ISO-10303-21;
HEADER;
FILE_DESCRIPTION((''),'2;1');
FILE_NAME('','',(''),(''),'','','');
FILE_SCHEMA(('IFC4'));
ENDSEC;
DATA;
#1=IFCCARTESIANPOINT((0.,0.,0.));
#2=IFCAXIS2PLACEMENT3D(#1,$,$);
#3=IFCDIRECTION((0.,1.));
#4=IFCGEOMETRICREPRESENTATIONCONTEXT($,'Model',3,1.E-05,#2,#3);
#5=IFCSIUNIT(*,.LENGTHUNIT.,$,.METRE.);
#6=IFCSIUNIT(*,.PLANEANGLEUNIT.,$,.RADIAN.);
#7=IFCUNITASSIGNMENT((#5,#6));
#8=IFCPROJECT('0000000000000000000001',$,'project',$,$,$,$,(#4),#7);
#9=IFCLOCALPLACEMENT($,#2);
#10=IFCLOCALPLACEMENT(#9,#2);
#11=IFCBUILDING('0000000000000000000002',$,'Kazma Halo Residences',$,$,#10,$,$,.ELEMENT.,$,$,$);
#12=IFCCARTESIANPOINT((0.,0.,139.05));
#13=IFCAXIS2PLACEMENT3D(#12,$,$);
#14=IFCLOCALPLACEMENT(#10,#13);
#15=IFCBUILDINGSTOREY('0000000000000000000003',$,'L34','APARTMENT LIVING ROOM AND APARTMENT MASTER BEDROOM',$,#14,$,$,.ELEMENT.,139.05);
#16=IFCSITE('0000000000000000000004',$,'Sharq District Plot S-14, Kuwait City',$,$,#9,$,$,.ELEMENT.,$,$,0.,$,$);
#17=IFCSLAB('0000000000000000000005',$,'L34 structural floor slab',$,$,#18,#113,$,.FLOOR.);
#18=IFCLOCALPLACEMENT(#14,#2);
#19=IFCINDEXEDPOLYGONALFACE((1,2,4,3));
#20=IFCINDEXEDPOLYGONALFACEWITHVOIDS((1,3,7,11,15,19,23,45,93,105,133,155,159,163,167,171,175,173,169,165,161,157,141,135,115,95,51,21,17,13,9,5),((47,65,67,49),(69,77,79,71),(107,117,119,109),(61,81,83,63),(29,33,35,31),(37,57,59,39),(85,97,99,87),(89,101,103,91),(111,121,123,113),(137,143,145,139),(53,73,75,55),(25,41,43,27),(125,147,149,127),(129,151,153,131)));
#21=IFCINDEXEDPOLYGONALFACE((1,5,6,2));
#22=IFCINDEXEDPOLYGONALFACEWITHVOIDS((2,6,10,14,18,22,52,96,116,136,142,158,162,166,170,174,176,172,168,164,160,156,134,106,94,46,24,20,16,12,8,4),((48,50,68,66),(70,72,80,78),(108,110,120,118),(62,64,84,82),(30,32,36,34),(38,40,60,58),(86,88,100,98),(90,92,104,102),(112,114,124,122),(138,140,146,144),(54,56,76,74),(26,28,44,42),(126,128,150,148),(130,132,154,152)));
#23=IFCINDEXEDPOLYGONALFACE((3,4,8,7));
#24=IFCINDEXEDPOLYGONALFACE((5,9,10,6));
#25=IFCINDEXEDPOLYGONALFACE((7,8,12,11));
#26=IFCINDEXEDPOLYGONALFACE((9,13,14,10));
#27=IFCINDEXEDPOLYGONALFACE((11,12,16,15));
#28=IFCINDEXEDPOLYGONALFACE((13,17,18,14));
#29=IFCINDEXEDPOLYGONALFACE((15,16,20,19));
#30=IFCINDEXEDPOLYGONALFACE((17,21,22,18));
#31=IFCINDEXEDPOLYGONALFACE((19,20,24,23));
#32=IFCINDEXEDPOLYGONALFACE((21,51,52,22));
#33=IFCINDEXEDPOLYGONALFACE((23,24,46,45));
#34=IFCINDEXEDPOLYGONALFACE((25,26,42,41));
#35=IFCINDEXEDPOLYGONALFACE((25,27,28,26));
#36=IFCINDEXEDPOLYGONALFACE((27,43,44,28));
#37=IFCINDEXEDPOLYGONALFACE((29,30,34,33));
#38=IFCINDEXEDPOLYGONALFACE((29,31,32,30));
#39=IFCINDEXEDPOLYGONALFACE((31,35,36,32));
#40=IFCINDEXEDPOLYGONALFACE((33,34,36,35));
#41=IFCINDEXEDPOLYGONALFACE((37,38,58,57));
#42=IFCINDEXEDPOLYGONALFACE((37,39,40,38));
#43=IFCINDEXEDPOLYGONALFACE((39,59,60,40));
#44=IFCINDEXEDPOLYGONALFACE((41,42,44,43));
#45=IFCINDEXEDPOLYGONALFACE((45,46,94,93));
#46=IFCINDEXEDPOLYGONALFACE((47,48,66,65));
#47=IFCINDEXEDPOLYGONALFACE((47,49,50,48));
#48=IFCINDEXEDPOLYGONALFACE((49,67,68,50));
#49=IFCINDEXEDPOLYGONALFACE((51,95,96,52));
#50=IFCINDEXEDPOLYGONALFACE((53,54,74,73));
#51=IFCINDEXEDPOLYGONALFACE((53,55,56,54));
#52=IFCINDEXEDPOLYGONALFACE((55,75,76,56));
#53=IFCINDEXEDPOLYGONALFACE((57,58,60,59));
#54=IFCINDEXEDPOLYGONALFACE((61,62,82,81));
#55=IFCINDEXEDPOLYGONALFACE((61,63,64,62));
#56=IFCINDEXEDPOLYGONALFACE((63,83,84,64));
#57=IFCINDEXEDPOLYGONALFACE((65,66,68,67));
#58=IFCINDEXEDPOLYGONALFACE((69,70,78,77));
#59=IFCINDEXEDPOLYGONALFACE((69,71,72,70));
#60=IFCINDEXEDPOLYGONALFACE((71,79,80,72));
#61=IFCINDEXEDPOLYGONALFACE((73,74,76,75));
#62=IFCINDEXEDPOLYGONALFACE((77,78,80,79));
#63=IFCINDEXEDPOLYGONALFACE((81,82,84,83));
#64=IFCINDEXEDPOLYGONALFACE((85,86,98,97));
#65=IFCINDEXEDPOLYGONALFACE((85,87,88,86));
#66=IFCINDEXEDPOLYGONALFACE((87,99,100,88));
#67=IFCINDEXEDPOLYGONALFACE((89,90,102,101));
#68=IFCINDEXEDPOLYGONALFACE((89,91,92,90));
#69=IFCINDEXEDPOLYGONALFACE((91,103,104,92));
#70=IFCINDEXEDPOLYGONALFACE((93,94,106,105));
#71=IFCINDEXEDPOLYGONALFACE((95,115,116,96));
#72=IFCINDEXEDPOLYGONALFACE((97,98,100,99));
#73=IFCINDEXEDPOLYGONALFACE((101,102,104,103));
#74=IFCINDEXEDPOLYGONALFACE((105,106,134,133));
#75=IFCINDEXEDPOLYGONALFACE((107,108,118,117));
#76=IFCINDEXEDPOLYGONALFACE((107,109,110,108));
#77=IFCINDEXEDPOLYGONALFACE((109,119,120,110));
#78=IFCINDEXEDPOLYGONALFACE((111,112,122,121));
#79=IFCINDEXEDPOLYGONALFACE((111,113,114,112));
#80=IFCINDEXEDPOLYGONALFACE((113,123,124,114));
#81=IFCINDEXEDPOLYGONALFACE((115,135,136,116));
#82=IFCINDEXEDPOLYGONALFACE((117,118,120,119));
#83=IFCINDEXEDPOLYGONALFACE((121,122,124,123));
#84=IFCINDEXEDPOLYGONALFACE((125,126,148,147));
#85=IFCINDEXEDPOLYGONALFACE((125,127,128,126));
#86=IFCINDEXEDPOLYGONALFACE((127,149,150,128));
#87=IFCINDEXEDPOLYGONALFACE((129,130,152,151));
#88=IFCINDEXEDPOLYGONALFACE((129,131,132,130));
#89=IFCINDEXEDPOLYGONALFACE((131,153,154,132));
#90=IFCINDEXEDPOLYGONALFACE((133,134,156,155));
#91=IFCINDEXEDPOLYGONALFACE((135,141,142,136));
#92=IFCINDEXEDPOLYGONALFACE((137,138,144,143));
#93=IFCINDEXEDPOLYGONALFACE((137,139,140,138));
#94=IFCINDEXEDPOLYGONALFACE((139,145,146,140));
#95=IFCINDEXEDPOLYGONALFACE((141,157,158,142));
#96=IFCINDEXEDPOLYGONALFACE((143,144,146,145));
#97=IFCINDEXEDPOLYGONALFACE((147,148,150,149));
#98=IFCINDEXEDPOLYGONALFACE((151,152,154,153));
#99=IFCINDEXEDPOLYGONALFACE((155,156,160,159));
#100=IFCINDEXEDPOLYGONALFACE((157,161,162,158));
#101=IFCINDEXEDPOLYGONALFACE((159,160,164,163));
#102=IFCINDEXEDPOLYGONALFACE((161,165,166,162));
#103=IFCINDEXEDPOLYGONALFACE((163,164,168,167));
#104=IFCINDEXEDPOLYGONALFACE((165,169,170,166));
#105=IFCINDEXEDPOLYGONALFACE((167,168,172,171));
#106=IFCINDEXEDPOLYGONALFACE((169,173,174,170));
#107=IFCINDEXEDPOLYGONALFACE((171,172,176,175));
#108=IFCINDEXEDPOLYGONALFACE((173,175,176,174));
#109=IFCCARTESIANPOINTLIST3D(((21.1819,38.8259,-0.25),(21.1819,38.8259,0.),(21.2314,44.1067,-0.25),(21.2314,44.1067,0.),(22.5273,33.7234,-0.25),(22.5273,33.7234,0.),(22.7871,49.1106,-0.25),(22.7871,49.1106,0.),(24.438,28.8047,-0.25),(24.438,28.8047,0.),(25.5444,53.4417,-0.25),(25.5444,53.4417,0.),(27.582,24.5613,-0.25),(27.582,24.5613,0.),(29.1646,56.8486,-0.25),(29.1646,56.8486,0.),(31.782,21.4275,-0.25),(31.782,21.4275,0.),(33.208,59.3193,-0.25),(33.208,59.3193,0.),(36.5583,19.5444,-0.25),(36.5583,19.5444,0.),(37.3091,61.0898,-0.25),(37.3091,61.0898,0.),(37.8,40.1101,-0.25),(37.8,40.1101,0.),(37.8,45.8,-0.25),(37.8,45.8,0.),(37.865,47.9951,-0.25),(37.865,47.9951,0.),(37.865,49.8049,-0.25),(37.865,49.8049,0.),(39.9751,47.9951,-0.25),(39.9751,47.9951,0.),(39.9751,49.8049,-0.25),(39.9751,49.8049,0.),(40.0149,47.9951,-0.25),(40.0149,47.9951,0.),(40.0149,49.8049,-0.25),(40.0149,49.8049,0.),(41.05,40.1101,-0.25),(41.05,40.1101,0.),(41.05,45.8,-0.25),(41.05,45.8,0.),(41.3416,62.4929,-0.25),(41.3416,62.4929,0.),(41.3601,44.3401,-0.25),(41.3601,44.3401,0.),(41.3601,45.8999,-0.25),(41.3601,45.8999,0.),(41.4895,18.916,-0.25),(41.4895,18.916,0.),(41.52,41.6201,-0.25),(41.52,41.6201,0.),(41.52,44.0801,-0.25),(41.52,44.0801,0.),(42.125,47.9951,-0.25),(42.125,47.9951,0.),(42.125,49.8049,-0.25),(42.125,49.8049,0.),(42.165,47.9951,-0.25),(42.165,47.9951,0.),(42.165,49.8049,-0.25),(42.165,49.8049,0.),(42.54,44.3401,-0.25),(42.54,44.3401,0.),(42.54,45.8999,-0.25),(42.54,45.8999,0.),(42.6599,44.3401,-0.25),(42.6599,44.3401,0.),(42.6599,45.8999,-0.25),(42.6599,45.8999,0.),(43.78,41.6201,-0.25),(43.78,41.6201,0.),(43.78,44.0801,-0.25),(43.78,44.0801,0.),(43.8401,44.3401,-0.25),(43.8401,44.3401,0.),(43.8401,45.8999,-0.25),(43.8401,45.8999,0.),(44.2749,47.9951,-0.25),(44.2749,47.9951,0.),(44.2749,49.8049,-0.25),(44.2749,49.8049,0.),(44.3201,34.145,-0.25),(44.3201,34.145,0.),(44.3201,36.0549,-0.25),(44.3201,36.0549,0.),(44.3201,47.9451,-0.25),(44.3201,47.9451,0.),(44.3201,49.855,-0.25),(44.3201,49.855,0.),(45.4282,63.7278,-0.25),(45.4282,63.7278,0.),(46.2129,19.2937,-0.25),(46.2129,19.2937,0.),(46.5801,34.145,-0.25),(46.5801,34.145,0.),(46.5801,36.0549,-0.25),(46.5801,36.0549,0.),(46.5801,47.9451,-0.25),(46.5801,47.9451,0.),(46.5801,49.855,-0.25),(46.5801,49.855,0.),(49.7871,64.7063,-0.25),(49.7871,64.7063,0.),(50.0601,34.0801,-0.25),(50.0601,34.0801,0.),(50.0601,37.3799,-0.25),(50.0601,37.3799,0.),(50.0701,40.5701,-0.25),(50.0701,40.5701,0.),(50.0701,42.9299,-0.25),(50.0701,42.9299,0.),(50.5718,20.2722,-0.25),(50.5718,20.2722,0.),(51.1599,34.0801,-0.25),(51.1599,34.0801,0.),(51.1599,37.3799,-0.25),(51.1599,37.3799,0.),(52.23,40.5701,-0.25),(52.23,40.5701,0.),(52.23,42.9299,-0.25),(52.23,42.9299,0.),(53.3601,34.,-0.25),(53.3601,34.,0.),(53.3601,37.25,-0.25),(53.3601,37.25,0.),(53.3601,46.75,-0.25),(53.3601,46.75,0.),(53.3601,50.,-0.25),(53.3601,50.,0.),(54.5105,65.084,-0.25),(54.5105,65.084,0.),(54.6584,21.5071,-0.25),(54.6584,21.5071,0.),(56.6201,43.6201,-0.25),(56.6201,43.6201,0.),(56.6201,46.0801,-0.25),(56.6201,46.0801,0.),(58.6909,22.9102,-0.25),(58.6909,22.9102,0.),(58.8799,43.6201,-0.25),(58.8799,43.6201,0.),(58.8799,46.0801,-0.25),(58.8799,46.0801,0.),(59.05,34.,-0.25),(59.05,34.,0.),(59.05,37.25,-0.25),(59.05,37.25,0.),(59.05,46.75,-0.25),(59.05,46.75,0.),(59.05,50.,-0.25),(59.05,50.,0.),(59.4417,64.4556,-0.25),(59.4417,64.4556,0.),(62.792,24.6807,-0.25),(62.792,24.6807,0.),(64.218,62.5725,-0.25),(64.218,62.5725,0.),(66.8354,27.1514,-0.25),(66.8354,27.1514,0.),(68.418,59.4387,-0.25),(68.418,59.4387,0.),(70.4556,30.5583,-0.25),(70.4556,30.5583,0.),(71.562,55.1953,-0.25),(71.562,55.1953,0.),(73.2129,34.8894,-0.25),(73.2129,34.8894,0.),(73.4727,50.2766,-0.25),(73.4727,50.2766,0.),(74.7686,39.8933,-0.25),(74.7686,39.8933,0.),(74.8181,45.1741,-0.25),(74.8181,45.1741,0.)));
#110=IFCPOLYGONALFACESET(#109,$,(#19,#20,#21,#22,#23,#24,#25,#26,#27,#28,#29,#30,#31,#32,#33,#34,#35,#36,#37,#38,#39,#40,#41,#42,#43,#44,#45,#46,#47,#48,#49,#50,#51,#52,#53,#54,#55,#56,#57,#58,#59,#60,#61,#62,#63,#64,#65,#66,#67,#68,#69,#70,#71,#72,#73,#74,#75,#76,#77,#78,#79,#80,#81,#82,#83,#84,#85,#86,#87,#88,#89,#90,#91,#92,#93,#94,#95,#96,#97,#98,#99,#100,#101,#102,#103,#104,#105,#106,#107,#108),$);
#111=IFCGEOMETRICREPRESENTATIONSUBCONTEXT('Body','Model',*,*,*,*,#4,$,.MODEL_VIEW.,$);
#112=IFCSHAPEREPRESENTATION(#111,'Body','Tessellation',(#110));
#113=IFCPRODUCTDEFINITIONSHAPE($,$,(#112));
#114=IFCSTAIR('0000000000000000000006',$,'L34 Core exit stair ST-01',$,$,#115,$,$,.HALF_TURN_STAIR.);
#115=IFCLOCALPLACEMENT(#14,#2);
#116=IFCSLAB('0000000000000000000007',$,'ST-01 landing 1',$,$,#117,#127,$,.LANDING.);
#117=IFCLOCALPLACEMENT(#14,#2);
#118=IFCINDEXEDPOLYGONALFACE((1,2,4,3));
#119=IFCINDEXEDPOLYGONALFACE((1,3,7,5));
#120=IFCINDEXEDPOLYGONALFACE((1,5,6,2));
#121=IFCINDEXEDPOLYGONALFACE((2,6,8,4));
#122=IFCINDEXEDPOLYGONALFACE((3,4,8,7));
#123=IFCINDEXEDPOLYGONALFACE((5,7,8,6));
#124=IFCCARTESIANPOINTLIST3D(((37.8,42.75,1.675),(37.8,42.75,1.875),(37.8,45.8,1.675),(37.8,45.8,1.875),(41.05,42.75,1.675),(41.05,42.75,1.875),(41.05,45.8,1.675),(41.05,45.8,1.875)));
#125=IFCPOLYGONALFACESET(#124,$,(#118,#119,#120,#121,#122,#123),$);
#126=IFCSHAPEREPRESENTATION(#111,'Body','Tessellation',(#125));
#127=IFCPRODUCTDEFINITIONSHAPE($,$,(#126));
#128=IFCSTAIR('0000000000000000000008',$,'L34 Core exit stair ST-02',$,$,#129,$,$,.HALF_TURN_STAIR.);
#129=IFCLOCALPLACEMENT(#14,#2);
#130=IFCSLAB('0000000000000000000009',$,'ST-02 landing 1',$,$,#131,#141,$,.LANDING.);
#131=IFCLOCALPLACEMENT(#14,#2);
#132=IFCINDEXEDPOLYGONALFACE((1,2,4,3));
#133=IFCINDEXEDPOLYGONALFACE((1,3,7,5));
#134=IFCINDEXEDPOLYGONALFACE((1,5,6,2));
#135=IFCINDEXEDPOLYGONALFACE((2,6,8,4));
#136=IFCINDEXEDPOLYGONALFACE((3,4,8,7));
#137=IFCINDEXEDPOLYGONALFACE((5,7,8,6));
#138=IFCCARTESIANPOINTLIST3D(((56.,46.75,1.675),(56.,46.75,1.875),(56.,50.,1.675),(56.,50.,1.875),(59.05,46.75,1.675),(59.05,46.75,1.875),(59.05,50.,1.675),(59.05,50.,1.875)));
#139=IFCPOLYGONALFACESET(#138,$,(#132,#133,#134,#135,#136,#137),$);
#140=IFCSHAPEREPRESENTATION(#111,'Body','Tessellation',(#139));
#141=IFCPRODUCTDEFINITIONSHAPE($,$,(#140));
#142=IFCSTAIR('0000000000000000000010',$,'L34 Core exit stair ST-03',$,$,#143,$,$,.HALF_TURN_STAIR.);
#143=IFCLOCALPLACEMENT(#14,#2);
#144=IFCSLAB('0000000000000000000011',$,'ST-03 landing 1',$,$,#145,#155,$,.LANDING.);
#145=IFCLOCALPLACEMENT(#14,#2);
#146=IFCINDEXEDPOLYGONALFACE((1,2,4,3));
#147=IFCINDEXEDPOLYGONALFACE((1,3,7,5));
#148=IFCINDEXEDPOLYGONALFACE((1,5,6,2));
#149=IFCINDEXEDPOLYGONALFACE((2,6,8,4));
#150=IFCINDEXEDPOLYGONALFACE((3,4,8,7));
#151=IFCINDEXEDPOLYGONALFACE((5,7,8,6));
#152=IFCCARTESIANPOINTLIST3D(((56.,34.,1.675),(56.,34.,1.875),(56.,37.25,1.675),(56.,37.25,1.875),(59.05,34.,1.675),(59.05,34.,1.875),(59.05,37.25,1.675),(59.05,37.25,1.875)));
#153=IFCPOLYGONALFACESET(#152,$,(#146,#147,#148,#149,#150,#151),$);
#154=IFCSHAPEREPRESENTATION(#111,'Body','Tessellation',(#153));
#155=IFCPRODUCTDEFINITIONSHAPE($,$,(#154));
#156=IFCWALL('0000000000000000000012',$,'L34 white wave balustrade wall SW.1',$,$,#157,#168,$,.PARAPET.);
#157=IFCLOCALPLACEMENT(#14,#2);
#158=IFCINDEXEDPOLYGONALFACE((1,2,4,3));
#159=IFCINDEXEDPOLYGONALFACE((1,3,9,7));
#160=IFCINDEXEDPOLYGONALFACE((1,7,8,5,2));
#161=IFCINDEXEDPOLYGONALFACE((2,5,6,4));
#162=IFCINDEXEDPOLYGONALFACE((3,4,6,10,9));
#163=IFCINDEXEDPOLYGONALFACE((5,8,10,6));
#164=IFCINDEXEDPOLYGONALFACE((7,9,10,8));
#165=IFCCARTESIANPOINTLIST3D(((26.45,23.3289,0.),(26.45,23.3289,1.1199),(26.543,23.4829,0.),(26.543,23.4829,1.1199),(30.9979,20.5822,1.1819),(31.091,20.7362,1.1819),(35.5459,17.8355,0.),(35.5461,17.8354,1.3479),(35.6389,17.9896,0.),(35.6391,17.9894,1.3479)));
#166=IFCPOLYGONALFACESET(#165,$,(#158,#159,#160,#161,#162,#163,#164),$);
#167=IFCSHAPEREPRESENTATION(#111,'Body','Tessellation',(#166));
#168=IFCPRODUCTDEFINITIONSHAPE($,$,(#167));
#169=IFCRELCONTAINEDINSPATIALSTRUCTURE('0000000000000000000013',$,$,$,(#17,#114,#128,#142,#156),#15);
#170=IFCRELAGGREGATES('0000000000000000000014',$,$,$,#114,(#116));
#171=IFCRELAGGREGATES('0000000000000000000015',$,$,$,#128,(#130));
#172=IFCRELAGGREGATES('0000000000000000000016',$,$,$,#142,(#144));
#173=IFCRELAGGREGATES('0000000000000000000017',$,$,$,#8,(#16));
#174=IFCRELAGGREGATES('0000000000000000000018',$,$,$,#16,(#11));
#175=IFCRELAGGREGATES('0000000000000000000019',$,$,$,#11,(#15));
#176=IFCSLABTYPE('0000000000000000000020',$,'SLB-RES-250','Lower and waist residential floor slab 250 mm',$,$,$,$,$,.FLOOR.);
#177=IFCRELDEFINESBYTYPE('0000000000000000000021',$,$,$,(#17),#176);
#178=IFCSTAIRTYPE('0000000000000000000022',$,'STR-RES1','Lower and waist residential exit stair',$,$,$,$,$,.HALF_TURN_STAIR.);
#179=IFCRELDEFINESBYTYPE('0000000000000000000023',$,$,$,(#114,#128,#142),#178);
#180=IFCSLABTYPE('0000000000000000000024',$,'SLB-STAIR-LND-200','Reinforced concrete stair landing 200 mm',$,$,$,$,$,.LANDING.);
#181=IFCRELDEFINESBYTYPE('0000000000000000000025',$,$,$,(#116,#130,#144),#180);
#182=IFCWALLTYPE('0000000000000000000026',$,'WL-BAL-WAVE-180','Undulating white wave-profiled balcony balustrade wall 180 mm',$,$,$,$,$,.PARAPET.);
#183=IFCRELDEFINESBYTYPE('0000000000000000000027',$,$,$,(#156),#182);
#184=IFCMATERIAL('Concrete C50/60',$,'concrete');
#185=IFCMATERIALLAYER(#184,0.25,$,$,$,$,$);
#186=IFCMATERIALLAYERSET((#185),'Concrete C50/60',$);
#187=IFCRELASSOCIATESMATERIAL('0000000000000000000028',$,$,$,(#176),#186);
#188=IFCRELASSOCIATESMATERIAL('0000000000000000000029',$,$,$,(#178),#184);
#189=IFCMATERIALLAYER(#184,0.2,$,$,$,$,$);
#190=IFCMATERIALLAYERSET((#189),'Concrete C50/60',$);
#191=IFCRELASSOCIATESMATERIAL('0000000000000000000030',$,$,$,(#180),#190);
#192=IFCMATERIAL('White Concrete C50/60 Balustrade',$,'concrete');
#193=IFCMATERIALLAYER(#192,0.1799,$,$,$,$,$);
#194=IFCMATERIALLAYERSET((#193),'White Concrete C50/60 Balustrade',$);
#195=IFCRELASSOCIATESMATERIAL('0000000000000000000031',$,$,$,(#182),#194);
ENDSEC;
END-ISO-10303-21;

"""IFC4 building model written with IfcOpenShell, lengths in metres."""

from ifc_helpers import new_model, si_unit, direction, frame, origin, place, context, subcontext, project, spatial, polyline, outline, extrude, material, layer, layer_set, type_object, element, aggregate, save


model = new_model("IFC4")

# Units and contexts
model_context = context("Model", 3, precision=1e-05, world=origin(), true_north=direction((0.0, 1.0)))
body_context = subcontext(model_context, "Body", "Model", "MODEL_VIEW")
ifc_project = project(units=[si_unit("LENGTHUNIT", "METRE"), si_unit("PLANEANGLEUNIT", "RADIAN")], contexts=[model_context])

# Site, building, storey
site_placement = place(None, origin())
site = spatial("IfcSite", under=ifc_project, at=site_placement, Name="Sharq District Plot S-14, Kuwait City", CompositionType="ELEMENT", RefElevation=0.0)
building_placement = place(site_placement, origin())
building = spatial("IfcBuilding", under=site, at=building_placement, Name="Kazma Halo Residences", CompositionType="ELEMENT")
storey_placement = place(building_placement, frame((0.0, 0.0, 139.05)))
storey = spatial("IfcBuildingStorey", under=building, at=storey_placement, Name="L34", Description="APARTMENT LIVING ROOM AND APARTMENT MASTER BEDROOM", CompositionType="ELEMENT", Elevation=139.05)

# Slab
ifc_material_1 = material(Name="Concrete C50/60", Category="concrete")
ifc_layer_1 = layer(ifc_material_1, 0.25)
ifc_layer_set_1 = layer_set([ifc_layer_1], Name="Concrete C50/60")
slab_type_1 = type_object("IfcSlabType", Name="SLB-RES-250", Description="Lower and waist residential floor slab 250 mm", PredefinedType="FLOOR", material=ifc_layer_set_1)
slab_1_placement = place(storey_placement, frame((0.0, 0.0, -0.25)))
element("IfcSlab", 1, at=slab_1_placement, inside=storey, type_object=slab_type_1, Name="L34 structural floor slab", PredefinedType="FLOOR", context=body_context, shape_type="SweptSolid", body=[
    extrude(outline(polyline([(73.4727, 50.2766), (71.562, 55.1953), (68.418, 59.4387), (64.218, 62.5725), (59.4417, 64.4556), (54.5105, 65.084), (49.7871, 64.7063), (45.4282, 63.7278), (41.3416, 62.4929), (37.3091, 61.0898), (33.208, 59.3193), (29.1646, 56.8486), (25.5444, 53.4417), (22.7871, 49.1106), (21.2314, 44.1067), (21.1819, 38.8259), (22.5273, 33.7234), (24.438, 28.8047), (27.582, 24.5613), (31.782, 21.4275), (36.5583, 19.5444), (41.4895, 18.916), (46.2129, 19.2937), (50.5718, 20.2722), (54.6584, 21.5071), (58.6909, 22.9102), (62.792, 24.6807), (66.8354, 27.1514), (70.4556, 30.5583), (73.2129, 34.8894), (74.7686, 39.8933), (74.8181, 45.1741), (73.4727, 50.2766)]), holes=[polyline([(37.8, 40.1101), (41.05, 40.1101), (41.05, 45.8), (37.8, 45.8), (37.8, 40.1101)]), polyline([(53.3601, 46.75), (59.05, 46.75), (59.05, 50.0), (53.3601, 50.0), (53.3601, 46.75)]), polyline([(53.3601, 34.0), (59.05, 34.0), (59.05, 37.25), (53.3601, 37.25), (53.3601, 34.0)]), polyline([(41.52, 41.6201), (43.78, 41.6201), (43.78, 44.0801), (41.52, 44.0801), (41.52, 41.6201)]), polyline([(56.6201, 43.6201), (58.8799, 43.6201), (58.8799, 46.0801), (56.6201, 46.0801), (56.6201, 43.6201)]), polyline([(37.865, 47.9951), (39.9751, 47.9951), (39.9751, 49.8049), (37.865, 49.8049), (37.865, 47.9951)]), polyline([(40.0149, 47.9951), (42.125, 47.9951), (42.125, 49.8049), (40.0149, 49.8049), (40.0149, 47.9951)]), polyline([(42.165, 47.9951), (44.2749, 47.9951), (44.2749, 49.8049), (42.165, 49.8049), (42.165, 47.9951)]), polyline([(44.3201, 47.9451), (46.5801, 47.9451), (46.5801, 49.855), (44.3201, 49.855), (44.3201, 47.9451)]), polyline([(44.3201, 34.145), (46.5801, 34.145), (46.5801, 36.0549), (44.3201, 36.0549), (44.3201, 34.145)]), polyline([(50.0701, 40.5701), (52.23, 40.5701), (52.23, 42.9299), (50.0701, 42.9299), (50.0701, 40.5701)]), polyline([(41.3601, 44.3401), (42.54, 44.3401), (42.54, 45.8999), (41.3601, 45.8999), (41.3601, 44.3401)]), polyline([(42.6599, 44.3401), (43.8401, 44.3401), (43.8401, 45.8999), (42.6599, 45.8999), (42.6599, 44.3401)]), polyline([(50.0601, 34.0801), (51.1599, 34.0801), (51.1599, 37.3799), (50.0601, 37.3799), (50.0601, 34.0801)])]), origin(), (0.0, 0.0, 1.0), 0.25),
])

# Stairs, slabs
stair_type = type_object("IfcStairType", Name="STR-RES1", Description="Lower and waist residential exit stair", PredefinedType="HALF_TURN_STAIR", material=ifc_material_1)
stair_1_placement = place(storey_placement, origin())
stair_1 = element("IfcStair", 2, at=stair_1_placement, inside=storey, type_object=stair_type, Name="L34 Core exit stair ST-01", PredefinedType="HALF_TURN_STAIR")
ifc_layer_2 = layer(ifc_material_1, 0.2)
ifc_layer_set_2 = layer_set([ifc_layer_2], Name="Concrete C50/60")
slab_type_2 = type_object("IfcSlabType", Name="SLB-STAIR-LND-200", Description="Reinforced concrete stair landing 200 mm", PredefinedType="LANDING", material=ifc_layer_set_2)
slab_2_placement = place(storey_placement, frame((0.0, 0.0, 1.675)))
slab_2 = element("IfcSlab", 3, at=slab_2_placement, type_object=slab_type_2, Name="ST-01 landing 1", PredefinedType="LANDING", context=body_context, shape_type="SweptSolid", body=[
    extrude(outline(polyline([(41.05, 42.75), (41.05, 45.8), (37.8, 45.8), (37.8, 42.75), (41.05, 42.75)])), origin(), (0.0, 0.0, 1.0), 0.2),
])
aggregate(stair_1, [slab_2])
stair_2_placement = place(storey_placement, origin())
stair_2 = element("IfcStair", 4, at=stair_2_placement, inside=storey, type_object=stair_type, Name="L34 Core exit stair ST-02", PredefinedType="HALF_TURN_STAIR")
slab_3_placement = place(storey_placement, frame((0.0, 0.0, 1.675)))
slab_3 = element("IfcSlab", 5, at=slab_3_placement, type_object=slab_type_2, Name="ST-02 landing 1", PredefinedType="LANDING", context=body_context, shape_type="SweptSolid", body=[
    extrude(outline(polyline([(56.0, 46.75), (59.05, 46.75), (59.05, 50.0), (56.0, 50.0), (56.0, 46.75)])), origin(), (0.0, 0.0, 1.0), 0.2),
])
aggregate(stair_2, [slab_3])
stair_3_placement = place(storey_placement, origin())
stair_3 = element("IfcStair", 6, at=stair_3_placement, inside=storey, type_object=stair_type, Name="L34 Core exit stair ST-03", PredefinedType="HALF_TURN_STAIR")
slab_4_placement = place(storey_placement, frame((0.0, 0.0, 1.675)))
slab_4 = element("IfcSlab", 7, at=slab_4_placement, type_object=slab_type_2, Name="ST-03 landing 1", PredefinedType="LANDING", context=body_context, shape_type="SweptSolid", body=[
    extrude(outline(polyline([(56.0, 34.0), (59.05, 34.0), (59.05, 37.25), (56.0, 37.25), (56.0, 34.0)])), origin(), (0.0, 0.0, 1.0), 0.2),
])
aggregate(stair_3, [slab_4])

# Wall
ifc_material_2 = material(Name="White Concrete C50/60 Balustrade", Category="concrete")
ifc_layer_3 = layer(ifc_material_2, 0.1799)
ifc_layer_set_3 = layer_set([ifc_layer_3], Name="White Concrete C50/60 Balustrade")
wall_type_1 = type_object("IfcWallType", Name="WL-BAL-WAVE-180", Description="Undulating white wave-profiled balcony balustrade wall 180 mm", PredefinedType="PARAPET", material=ifc_layer_set_3)
wall_1_placement = place(storey_placement, frame((26.4966, 23.406, 0.0), z_axis=(0.0, 0.0, 1.0), x_axis=(0.856001, -0.516974, 0.0)))
element("IfcWall", 8, at=wall_1_placement, inside=storey, type_object=wall_type_1, Name="L34 white wave balustrade wall SW.1", PredefinedType="PARAPET", context=body_context, shape_type="SweptSolid", body=[
    extrude(outline(polyline([(0.0, 0.0), (10.626, 0.0), (10.6262, 1.3479), (5.313, 1.1819), (0.0, 1.1199), (0.0, 0.0)])), frame((0.0, 0.0898, 0.0), z_axis=(0.0, -1.0, 0.0), x_axis=(1.0, 0.0, 0.0)), (0.0, 0.0, 1.0), 0.1799),
])

save(model, "model.ifc")
